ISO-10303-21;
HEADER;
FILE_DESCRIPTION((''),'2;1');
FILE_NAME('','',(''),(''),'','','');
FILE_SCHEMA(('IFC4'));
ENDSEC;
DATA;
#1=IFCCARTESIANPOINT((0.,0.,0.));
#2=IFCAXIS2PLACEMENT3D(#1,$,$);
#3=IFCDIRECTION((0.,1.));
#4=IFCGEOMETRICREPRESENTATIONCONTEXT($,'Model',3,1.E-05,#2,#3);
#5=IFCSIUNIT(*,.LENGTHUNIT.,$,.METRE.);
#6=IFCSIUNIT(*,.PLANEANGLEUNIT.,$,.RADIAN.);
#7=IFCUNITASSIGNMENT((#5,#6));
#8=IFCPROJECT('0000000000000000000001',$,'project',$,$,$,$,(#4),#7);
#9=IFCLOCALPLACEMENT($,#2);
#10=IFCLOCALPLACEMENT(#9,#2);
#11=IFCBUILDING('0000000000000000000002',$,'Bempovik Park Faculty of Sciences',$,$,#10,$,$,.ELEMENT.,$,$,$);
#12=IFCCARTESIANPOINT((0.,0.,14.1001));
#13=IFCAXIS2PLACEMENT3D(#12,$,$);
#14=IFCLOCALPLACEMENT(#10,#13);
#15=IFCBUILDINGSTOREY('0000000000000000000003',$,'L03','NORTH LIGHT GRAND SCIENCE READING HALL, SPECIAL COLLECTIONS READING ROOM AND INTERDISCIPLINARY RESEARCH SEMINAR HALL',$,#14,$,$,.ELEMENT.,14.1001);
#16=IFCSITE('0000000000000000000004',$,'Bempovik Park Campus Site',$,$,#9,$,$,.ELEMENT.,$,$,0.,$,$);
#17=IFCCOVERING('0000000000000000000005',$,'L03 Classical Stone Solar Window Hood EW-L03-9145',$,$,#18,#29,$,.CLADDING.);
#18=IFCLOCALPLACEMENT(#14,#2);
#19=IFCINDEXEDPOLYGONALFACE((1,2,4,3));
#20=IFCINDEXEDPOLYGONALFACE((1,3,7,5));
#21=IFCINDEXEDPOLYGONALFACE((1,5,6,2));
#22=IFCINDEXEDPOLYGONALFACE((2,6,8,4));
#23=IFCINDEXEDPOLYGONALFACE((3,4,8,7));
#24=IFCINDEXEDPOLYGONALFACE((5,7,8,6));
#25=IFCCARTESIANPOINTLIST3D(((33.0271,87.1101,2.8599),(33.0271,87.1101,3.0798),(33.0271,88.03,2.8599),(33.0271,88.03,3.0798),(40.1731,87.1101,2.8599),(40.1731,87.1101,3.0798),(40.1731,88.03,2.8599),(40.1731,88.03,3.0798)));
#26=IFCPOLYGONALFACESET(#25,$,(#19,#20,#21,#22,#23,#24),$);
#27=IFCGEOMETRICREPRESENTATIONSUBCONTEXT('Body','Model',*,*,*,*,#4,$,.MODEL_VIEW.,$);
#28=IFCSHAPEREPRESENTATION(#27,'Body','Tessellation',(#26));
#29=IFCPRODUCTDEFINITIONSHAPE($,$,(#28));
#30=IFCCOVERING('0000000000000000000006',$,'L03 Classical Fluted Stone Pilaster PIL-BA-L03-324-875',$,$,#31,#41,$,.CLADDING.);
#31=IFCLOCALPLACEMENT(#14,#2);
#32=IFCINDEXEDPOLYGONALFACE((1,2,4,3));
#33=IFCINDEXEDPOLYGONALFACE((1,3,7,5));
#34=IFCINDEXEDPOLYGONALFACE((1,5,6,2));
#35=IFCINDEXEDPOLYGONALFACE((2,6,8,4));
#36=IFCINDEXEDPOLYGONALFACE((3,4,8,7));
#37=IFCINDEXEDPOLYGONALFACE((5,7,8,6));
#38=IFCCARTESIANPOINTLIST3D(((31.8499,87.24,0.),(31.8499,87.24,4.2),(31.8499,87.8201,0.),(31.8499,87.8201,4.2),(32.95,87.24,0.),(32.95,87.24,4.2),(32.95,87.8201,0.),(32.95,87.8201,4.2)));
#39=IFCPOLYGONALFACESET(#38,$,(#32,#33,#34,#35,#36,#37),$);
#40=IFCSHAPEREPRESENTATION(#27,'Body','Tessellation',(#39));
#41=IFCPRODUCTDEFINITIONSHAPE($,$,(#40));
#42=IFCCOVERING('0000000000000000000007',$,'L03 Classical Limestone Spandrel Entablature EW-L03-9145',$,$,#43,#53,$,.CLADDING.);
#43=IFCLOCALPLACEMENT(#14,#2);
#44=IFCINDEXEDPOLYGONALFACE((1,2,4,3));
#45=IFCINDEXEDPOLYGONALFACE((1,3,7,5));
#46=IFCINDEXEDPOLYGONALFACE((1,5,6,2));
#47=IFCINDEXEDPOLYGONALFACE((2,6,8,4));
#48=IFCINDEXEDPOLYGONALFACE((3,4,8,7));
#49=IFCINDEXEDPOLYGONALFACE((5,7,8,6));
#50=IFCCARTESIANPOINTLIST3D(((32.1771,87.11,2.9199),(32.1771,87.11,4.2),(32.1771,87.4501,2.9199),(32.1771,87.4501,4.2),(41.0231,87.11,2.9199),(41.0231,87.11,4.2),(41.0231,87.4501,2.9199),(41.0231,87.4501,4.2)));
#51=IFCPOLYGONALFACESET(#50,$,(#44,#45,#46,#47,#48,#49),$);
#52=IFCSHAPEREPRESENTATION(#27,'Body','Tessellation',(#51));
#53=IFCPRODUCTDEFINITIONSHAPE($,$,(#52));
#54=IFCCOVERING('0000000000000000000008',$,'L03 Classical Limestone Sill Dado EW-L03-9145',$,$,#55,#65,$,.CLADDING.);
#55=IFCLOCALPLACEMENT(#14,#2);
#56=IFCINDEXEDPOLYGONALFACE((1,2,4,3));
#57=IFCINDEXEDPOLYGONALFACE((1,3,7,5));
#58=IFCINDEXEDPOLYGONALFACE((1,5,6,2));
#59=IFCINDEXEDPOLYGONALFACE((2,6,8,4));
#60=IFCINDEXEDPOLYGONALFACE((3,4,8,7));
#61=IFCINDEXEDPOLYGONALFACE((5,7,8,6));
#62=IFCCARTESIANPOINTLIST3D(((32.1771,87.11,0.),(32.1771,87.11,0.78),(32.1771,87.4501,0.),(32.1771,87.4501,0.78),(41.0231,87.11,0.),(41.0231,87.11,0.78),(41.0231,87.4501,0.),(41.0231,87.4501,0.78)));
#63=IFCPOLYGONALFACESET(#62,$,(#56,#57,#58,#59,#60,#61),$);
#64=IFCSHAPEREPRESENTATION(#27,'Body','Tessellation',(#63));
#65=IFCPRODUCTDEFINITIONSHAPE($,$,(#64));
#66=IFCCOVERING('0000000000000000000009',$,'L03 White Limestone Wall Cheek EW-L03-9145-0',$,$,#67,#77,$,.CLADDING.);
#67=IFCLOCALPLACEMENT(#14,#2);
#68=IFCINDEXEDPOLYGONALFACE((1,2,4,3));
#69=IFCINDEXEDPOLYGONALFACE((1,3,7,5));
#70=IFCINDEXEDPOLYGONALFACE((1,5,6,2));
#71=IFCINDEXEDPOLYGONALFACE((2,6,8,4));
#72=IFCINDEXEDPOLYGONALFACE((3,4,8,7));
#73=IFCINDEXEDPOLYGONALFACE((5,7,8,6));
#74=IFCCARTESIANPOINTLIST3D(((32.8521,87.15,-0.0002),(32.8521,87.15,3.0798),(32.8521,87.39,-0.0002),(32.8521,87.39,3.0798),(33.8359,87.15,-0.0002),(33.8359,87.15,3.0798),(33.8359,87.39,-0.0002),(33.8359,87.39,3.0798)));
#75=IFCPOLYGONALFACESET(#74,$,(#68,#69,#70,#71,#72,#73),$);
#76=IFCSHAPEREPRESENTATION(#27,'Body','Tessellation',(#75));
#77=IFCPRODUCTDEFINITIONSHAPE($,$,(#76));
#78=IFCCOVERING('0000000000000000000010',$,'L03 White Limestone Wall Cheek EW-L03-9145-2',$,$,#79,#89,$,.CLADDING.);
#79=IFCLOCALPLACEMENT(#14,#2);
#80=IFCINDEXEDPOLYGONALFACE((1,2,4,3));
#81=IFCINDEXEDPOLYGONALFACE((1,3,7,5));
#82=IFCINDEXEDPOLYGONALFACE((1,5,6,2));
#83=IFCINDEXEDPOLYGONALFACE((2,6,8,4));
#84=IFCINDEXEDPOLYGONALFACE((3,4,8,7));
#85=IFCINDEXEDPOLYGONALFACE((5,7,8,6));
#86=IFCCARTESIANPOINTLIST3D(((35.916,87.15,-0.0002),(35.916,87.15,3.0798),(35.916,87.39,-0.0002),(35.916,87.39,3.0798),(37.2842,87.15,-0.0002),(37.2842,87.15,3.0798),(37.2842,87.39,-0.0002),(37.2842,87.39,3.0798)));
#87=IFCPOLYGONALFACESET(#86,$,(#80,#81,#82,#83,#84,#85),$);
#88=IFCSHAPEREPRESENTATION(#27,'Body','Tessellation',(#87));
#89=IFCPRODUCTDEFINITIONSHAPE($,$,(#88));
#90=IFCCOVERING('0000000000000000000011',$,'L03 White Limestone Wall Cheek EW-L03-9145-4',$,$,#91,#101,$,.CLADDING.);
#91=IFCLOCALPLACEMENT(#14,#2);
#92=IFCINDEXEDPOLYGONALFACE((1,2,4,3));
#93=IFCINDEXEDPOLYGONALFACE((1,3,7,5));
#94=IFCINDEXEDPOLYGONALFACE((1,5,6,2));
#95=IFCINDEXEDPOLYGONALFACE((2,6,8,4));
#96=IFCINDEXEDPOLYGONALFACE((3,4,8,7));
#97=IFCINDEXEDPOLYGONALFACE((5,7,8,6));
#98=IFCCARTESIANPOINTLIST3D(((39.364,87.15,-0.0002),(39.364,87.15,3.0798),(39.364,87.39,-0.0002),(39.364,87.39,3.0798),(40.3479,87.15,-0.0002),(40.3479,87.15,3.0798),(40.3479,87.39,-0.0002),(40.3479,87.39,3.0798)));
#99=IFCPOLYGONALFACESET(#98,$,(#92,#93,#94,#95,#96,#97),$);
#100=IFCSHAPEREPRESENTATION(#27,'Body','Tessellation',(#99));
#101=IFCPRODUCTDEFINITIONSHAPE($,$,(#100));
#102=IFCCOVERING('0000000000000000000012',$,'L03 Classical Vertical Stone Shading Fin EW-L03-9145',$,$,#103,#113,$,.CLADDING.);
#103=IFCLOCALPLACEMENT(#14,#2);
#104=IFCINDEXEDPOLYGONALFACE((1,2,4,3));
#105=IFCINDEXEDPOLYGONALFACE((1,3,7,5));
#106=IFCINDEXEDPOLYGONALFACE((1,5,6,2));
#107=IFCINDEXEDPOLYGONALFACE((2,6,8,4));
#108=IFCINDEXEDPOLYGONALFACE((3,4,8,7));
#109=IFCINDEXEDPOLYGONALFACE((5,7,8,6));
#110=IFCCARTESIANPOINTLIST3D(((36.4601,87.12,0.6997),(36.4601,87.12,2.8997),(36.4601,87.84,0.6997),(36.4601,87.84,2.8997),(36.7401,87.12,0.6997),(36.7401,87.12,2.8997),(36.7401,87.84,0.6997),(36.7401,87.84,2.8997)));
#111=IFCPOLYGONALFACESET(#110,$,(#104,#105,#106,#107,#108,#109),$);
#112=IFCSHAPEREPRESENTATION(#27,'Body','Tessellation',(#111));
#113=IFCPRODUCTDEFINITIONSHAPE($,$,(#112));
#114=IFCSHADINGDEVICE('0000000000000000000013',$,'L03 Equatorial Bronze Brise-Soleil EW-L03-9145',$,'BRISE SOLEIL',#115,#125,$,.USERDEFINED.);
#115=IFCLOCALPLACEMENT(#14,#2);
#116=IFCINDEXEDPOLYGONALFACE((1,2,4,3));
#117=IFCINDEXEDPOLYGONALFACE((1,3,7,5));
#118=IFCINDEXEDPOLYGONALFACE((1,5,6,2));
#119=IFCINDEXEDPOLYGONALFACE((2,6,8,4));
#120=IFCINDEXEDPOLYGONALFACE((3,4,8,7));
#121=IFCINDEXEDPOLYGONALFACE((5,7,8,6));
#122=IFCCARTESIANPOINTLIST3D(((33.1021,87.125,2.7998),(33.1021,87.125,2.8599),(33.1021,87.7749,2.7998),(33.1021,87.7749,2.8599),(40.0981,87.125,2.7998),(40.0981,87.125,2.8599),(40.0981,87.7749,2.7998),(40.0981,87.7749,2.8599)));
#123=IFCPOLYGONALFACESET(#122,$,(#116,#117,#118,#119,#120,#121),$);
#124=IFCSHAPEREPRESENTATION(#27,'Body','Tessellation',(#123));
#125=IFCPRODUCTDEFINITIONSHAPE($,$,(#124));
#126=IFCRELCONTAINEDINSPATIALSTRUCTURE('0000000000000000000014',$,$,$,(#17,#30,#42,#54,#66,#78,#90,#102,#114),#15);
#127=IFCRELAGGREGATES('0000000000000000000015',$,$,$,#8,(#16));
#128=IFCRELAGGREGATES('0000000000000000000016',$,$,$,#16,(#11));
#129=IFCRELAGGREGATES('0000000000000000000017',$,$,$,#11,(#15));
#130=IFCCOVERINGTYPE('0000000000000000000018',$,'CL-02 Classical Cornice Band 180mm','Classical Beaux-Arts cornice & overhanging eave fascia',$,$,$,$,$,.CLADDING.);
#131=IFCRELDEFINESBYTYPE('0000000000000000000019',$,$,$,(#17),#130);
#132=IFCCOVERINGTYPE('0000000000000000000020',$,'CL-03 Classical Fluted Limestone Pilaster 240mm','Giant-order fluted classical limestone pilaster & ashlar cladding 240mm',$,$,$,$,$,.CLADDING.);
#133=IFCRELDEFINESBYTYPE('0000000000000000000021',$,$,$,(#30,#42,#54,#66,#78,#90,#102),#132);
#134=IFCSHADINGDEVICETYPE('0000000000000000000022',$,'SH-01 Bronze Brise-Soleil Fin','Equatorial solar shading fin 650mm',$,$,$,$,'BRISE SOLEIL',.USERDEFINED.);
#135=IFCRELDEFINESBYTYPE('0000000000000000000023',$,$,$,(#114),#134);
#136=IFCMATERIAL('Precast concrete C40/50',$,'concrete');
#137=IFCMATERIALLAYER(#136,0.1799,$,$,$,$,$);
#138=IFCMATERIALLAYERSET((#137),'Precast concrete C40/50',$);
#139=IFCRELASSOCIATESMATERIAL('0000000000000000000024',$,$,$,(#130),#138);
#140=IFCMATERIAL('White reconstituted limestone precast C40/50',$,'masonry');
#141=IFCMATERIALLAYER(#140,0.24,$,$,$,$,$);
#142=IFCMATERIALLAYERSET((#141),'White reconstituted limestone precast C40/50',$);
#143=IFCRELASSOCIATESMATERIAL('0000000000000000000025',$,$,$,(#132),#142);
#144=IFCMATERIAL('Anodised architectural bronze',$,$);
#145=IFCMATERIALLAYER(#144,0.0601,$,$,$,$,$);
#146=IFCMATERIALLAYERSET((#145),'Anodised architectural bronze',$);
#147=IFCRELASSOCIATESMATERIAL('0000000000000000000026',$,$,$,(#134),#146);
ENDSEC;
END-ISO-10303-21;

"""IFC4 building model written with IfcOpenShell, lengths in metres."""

from ifc_helpers import new_model, si_unit, direction, frame, origin, origin_2d, place, context, subcontext, project, spatial, rectangle, extrude, material, layer, layer_set, type_object, element, save


model = new_model("IFC4")

# Units and contexts
model_context = context("Model", 3, precision=1e-05, world=origin(), true_north=direction((0.0, 1.0)))
body_context = subcontext(model_context, "Body", "Model", "MODEL_VIEW")
ifc_project = project(units=[si_unit("LENGTHUNIT", "METRE"), si_unit("PLANEANGLEUNIT", "RADIAN")], contexts=[model_context])

# Site, building, storey
site_placement = place(None, origin())
site = spatial("IfcSite", under=ifc_project, at=site_placement, Name="Bempovik Park Campus Site", CompositionType="ELEMENT", RefElevation=0.0)
building_placement = place(site_placement, origin())
building = spatial("IfcBuilding", under=site, at=building_placement, Name="Bempovik Park Faculty of Sciences", CompositionType="ELEMENT")
storey_placement = place(building_placement, frame((0.0, 0.0, 14.1001)))
storey = spatial("IfcBuildingStorey", under=building, at=storey_placement, Name="L03", Description="NORTH LIGHT GRAND SCIENCE READING HALL, SPECIAL COLLECTIONS READING ROOM AND INTERDISCIPLINARY RESEARCH SEMINAR HALL", CompositionType="ELEMENT", Elevation=14.1001)

# Shared definitions
ifc_material_1 = material(Name="Precast concrete C40/50", Category="concrete")

# Coverings
ifc_layer_1 = layer(ifc_material_1, 0.1799)
ifc_layer_set_1 = layer_set([ifc_layer_1], Name="Precast concrete C40/50")
covering_type_1 = type_object("IfcCoveringType", Name="CL-02 Classical Cornice Band 180mm", Description="Classical Beaux-Arts cornice & overhanging eave fascia", PredefinedType="CLADDING", material=ifc_layer_set_1)
covering_1_placement = place(storey_placement, frame((36.6001, 87.5701, 2.8599), z_axis=(0.0, 0.0, 1.0), x_axis=(1.0, 0.0, 0.0)))
element("IfcCovering", 1, at=covering_1_placement, inside=storey, type_object=covering_type_1, Name="L03 Classical Stone Solar Window Hood EW-L03-9145", PredefinedType="CLADDING", context=body_context, shape_type="SweptSolid", body=[
    extrude(rectangle(XDim=7.146, YDim=0.9199, at=origin_2d()), origin(), (0.0, 0.0, 1.0), 0.22),
])
ifc_material_2 = material(Name="White reconstituted limestone precast C40/50", Category="masonry")
ifc_layer_2 = layer(ifc_material_2, 0.24)
ifc_layer_set_2 = layer_set([ifc_layer_2], Name="White reconstituted limestone precast C40/50")
covering_type_2 = type_object("IfcCoveringType", Name="CL-03 Classical Fluted Limestone Pilaster 240mm", Description="Giant-order fluted classical limestone pilaster & ashlar cladding 240mm", PredefinedType="CLADDING", material=ifc_layer_set_2)
covering_2_placement = place(storey_placement, frame((32.3999, 87.53, 0.0), z_axis=(0.0, 0.0, 1.0), x_axis=(1.0, 0.0, 0.0)))
element("IfcCovering", 2, at=covering_2_placement, inside=storey, type_object=covering_type_2, Name="L03 Classical Fluted Stone Pilaster PIL-BA-L03-324-875", PredefinedType="CLADDING", context=body_context, shape_type="SweptSolid", body=[
    extrude(rectangle(XDim=1.1001, YDim=0.5801, at=origin_2d()), origin(), (0.0, 0.0, 1.0), 4.2),
])
covering_3_placement = place(storey_placement, frame((36.6001, 87.28, 2.9199), z_axis=(0.0, 0.0, 1.0), x_axis=(1.0, 0.0, 0.0)))
element("IfcCovering", 3, at=covering_3_placement, inside=storey, type_object=covering_type_2, Name="L03 Classical Limestone Spandrel Entablature EW-L03-9145", PredefinedType="CLADDING", context=body_context, shape_type="SweptSolid", body=[
    extrude(rectangle(XDim=8.8459, YDim=0.3401, at=origin_2d()), origin(), (0.0, 0.0, 1.0), 1.28),
])
covering_4_placement = place(storey_placement, frame((36.6001, 87.28, 0.0), z_axis=(0.0, 0.0, 1.0), x_axis=(1.0, 0.0, 0.0)))
element("IfcCovering", 4, at=covering_4_placement, inside=storey, type_object=covering_type_2, Name="L03 Classical Limestone Sill Dado EW-L03-9145", PredefinedType="CLADDING", context=body_context, shape_type="SweptSolid", body=[
    extrude(rectangle(XDim=8.8459, YDim=0.3401, at=origin_2d()), origin(), (0.0, 0.0, 1.0), 0.78),
])
covering_5_placement = place(storey_placement, frame((33.344, 87.27, -0.0002), z_axis=(0.0, 0.0, 1.0), x_axis=(1.0, 0.0, 0.0)))
element("IfcCovering", 5, at=covering_5_placement, inside=storey, type_object=covering_type_2, Name="L03 White Limestone Wall Cheek EW-L03-9145-0", PredefinedType="CLADDING", context=body_context, shape_type="SweptSolid", body=[
    extrude(rectangle(XDim=0.9839, YDim=0.24, at=origin_2d()), origin(), (0.0, 0.0, 1.0), 3.0801),
])
covering_6_placement = place(storey_placement, frame((36.6001, 87.27, -0.0002), z_axis=(0.0, 0.0, 1.0), x_axis=(1.0, 0.0, 0.0)))
element("IfcCovering", 6, at=covering_6_placement, inside=storey, type_object=covering_type_2, Name="L03 White Limestone Wall Cheek EW-L03-9145-2", PredefinedType="CLADDING", context=body_context, shape_type="SweptSolid", body=[
    extrude(rectangle(XDim=1.3682, YDim=0.24, at=origin_2d()), origin(), (0.0, 0.0, 1.0), 3.0801),
])
covering_7_placement = place(storey_placement, frame((39.856, 87.27, -0.0002), z_axis=(0.0, 0.0, 1.0), x_axis=(1.0, 0.0, 0.0)))
element("IfcCovering", 7, at=covering_7_placement, inside=storey, type_object=covering_type_2, Name="L03 White Limestone Wall Cheek EW-L03-9145-4", PredefinedType="CLADDING", context=body_context, shape_type="SweptSolid", body=[
    extrude(rectangle(XDim=0.9839, YDim=0.24, at=origin_2d()), origin(), (0.0, 0.0, 1.0), 3.0801),
])
covering_8_placement = place(storey_placement, frame((36.6001, 87.48, 0.6997), z_axis=(0.0, 0.0, 1.0), x_axis=(1.0, 0.0, 0.0)))
element("IfcCovering", 8, at=covering_8_placement, inside=storey, type_object=covering_type_2, Name="L03 Classical Vertical Stone Shading Fin EW-L03-9145", PredefinedType="CLADDING", context=body_context, shape_type="SweptSolid", body=[
    extrude(rectangle(XDim=0.28, YDim=0.72, at=origin_2d()), origin(), (0.0, 0.0, 1.0), 2.2),
])

# Shading device
ifc_material_3 = material(Name="Anodised architectural bronze")
ifc_layer_3 = layer(ifc_material_3, 0.0601)
ifc_layer_set_3 = layer_set([ifc_layer_3], Name="Anodised architectural bronze")
shading_device_type = type_object("IfcShadingDeviceType", Name="SH-01 Bronze Brise-Soleil Fin", Description="Equatorial solar shading fin 650mm", ElementType="BRISE SOLEIL", PredefinedType="USERDEFINED", material=ifc_layer_set_3)
shading_device_placement = place(storey_placement, frame((36.6001, 87.45, 2.7998), z_axis=(0.0, 0.0, 1.0), x_axis=(1.0, 0.0, 0.0)))
element("IfcShadingDevice", 9, at=shading_device_placement, inside=storey, type_object=shading_device_type, Name="L03 Equatorial Bronze Brise-Soleil EW-L03-9145", ObjectType="BRISE SOLEIL", PredefinedType="USERDEFINED", context=body_context, shape_type="SweptSolid", body=[
    extrude(rectangle(XDim=6.9961, YDim=0.6499, at=origin_2d()), origin(), (0.0, 0.0, 1.0), 0.0601),
])

save(model, "model.ifc")
